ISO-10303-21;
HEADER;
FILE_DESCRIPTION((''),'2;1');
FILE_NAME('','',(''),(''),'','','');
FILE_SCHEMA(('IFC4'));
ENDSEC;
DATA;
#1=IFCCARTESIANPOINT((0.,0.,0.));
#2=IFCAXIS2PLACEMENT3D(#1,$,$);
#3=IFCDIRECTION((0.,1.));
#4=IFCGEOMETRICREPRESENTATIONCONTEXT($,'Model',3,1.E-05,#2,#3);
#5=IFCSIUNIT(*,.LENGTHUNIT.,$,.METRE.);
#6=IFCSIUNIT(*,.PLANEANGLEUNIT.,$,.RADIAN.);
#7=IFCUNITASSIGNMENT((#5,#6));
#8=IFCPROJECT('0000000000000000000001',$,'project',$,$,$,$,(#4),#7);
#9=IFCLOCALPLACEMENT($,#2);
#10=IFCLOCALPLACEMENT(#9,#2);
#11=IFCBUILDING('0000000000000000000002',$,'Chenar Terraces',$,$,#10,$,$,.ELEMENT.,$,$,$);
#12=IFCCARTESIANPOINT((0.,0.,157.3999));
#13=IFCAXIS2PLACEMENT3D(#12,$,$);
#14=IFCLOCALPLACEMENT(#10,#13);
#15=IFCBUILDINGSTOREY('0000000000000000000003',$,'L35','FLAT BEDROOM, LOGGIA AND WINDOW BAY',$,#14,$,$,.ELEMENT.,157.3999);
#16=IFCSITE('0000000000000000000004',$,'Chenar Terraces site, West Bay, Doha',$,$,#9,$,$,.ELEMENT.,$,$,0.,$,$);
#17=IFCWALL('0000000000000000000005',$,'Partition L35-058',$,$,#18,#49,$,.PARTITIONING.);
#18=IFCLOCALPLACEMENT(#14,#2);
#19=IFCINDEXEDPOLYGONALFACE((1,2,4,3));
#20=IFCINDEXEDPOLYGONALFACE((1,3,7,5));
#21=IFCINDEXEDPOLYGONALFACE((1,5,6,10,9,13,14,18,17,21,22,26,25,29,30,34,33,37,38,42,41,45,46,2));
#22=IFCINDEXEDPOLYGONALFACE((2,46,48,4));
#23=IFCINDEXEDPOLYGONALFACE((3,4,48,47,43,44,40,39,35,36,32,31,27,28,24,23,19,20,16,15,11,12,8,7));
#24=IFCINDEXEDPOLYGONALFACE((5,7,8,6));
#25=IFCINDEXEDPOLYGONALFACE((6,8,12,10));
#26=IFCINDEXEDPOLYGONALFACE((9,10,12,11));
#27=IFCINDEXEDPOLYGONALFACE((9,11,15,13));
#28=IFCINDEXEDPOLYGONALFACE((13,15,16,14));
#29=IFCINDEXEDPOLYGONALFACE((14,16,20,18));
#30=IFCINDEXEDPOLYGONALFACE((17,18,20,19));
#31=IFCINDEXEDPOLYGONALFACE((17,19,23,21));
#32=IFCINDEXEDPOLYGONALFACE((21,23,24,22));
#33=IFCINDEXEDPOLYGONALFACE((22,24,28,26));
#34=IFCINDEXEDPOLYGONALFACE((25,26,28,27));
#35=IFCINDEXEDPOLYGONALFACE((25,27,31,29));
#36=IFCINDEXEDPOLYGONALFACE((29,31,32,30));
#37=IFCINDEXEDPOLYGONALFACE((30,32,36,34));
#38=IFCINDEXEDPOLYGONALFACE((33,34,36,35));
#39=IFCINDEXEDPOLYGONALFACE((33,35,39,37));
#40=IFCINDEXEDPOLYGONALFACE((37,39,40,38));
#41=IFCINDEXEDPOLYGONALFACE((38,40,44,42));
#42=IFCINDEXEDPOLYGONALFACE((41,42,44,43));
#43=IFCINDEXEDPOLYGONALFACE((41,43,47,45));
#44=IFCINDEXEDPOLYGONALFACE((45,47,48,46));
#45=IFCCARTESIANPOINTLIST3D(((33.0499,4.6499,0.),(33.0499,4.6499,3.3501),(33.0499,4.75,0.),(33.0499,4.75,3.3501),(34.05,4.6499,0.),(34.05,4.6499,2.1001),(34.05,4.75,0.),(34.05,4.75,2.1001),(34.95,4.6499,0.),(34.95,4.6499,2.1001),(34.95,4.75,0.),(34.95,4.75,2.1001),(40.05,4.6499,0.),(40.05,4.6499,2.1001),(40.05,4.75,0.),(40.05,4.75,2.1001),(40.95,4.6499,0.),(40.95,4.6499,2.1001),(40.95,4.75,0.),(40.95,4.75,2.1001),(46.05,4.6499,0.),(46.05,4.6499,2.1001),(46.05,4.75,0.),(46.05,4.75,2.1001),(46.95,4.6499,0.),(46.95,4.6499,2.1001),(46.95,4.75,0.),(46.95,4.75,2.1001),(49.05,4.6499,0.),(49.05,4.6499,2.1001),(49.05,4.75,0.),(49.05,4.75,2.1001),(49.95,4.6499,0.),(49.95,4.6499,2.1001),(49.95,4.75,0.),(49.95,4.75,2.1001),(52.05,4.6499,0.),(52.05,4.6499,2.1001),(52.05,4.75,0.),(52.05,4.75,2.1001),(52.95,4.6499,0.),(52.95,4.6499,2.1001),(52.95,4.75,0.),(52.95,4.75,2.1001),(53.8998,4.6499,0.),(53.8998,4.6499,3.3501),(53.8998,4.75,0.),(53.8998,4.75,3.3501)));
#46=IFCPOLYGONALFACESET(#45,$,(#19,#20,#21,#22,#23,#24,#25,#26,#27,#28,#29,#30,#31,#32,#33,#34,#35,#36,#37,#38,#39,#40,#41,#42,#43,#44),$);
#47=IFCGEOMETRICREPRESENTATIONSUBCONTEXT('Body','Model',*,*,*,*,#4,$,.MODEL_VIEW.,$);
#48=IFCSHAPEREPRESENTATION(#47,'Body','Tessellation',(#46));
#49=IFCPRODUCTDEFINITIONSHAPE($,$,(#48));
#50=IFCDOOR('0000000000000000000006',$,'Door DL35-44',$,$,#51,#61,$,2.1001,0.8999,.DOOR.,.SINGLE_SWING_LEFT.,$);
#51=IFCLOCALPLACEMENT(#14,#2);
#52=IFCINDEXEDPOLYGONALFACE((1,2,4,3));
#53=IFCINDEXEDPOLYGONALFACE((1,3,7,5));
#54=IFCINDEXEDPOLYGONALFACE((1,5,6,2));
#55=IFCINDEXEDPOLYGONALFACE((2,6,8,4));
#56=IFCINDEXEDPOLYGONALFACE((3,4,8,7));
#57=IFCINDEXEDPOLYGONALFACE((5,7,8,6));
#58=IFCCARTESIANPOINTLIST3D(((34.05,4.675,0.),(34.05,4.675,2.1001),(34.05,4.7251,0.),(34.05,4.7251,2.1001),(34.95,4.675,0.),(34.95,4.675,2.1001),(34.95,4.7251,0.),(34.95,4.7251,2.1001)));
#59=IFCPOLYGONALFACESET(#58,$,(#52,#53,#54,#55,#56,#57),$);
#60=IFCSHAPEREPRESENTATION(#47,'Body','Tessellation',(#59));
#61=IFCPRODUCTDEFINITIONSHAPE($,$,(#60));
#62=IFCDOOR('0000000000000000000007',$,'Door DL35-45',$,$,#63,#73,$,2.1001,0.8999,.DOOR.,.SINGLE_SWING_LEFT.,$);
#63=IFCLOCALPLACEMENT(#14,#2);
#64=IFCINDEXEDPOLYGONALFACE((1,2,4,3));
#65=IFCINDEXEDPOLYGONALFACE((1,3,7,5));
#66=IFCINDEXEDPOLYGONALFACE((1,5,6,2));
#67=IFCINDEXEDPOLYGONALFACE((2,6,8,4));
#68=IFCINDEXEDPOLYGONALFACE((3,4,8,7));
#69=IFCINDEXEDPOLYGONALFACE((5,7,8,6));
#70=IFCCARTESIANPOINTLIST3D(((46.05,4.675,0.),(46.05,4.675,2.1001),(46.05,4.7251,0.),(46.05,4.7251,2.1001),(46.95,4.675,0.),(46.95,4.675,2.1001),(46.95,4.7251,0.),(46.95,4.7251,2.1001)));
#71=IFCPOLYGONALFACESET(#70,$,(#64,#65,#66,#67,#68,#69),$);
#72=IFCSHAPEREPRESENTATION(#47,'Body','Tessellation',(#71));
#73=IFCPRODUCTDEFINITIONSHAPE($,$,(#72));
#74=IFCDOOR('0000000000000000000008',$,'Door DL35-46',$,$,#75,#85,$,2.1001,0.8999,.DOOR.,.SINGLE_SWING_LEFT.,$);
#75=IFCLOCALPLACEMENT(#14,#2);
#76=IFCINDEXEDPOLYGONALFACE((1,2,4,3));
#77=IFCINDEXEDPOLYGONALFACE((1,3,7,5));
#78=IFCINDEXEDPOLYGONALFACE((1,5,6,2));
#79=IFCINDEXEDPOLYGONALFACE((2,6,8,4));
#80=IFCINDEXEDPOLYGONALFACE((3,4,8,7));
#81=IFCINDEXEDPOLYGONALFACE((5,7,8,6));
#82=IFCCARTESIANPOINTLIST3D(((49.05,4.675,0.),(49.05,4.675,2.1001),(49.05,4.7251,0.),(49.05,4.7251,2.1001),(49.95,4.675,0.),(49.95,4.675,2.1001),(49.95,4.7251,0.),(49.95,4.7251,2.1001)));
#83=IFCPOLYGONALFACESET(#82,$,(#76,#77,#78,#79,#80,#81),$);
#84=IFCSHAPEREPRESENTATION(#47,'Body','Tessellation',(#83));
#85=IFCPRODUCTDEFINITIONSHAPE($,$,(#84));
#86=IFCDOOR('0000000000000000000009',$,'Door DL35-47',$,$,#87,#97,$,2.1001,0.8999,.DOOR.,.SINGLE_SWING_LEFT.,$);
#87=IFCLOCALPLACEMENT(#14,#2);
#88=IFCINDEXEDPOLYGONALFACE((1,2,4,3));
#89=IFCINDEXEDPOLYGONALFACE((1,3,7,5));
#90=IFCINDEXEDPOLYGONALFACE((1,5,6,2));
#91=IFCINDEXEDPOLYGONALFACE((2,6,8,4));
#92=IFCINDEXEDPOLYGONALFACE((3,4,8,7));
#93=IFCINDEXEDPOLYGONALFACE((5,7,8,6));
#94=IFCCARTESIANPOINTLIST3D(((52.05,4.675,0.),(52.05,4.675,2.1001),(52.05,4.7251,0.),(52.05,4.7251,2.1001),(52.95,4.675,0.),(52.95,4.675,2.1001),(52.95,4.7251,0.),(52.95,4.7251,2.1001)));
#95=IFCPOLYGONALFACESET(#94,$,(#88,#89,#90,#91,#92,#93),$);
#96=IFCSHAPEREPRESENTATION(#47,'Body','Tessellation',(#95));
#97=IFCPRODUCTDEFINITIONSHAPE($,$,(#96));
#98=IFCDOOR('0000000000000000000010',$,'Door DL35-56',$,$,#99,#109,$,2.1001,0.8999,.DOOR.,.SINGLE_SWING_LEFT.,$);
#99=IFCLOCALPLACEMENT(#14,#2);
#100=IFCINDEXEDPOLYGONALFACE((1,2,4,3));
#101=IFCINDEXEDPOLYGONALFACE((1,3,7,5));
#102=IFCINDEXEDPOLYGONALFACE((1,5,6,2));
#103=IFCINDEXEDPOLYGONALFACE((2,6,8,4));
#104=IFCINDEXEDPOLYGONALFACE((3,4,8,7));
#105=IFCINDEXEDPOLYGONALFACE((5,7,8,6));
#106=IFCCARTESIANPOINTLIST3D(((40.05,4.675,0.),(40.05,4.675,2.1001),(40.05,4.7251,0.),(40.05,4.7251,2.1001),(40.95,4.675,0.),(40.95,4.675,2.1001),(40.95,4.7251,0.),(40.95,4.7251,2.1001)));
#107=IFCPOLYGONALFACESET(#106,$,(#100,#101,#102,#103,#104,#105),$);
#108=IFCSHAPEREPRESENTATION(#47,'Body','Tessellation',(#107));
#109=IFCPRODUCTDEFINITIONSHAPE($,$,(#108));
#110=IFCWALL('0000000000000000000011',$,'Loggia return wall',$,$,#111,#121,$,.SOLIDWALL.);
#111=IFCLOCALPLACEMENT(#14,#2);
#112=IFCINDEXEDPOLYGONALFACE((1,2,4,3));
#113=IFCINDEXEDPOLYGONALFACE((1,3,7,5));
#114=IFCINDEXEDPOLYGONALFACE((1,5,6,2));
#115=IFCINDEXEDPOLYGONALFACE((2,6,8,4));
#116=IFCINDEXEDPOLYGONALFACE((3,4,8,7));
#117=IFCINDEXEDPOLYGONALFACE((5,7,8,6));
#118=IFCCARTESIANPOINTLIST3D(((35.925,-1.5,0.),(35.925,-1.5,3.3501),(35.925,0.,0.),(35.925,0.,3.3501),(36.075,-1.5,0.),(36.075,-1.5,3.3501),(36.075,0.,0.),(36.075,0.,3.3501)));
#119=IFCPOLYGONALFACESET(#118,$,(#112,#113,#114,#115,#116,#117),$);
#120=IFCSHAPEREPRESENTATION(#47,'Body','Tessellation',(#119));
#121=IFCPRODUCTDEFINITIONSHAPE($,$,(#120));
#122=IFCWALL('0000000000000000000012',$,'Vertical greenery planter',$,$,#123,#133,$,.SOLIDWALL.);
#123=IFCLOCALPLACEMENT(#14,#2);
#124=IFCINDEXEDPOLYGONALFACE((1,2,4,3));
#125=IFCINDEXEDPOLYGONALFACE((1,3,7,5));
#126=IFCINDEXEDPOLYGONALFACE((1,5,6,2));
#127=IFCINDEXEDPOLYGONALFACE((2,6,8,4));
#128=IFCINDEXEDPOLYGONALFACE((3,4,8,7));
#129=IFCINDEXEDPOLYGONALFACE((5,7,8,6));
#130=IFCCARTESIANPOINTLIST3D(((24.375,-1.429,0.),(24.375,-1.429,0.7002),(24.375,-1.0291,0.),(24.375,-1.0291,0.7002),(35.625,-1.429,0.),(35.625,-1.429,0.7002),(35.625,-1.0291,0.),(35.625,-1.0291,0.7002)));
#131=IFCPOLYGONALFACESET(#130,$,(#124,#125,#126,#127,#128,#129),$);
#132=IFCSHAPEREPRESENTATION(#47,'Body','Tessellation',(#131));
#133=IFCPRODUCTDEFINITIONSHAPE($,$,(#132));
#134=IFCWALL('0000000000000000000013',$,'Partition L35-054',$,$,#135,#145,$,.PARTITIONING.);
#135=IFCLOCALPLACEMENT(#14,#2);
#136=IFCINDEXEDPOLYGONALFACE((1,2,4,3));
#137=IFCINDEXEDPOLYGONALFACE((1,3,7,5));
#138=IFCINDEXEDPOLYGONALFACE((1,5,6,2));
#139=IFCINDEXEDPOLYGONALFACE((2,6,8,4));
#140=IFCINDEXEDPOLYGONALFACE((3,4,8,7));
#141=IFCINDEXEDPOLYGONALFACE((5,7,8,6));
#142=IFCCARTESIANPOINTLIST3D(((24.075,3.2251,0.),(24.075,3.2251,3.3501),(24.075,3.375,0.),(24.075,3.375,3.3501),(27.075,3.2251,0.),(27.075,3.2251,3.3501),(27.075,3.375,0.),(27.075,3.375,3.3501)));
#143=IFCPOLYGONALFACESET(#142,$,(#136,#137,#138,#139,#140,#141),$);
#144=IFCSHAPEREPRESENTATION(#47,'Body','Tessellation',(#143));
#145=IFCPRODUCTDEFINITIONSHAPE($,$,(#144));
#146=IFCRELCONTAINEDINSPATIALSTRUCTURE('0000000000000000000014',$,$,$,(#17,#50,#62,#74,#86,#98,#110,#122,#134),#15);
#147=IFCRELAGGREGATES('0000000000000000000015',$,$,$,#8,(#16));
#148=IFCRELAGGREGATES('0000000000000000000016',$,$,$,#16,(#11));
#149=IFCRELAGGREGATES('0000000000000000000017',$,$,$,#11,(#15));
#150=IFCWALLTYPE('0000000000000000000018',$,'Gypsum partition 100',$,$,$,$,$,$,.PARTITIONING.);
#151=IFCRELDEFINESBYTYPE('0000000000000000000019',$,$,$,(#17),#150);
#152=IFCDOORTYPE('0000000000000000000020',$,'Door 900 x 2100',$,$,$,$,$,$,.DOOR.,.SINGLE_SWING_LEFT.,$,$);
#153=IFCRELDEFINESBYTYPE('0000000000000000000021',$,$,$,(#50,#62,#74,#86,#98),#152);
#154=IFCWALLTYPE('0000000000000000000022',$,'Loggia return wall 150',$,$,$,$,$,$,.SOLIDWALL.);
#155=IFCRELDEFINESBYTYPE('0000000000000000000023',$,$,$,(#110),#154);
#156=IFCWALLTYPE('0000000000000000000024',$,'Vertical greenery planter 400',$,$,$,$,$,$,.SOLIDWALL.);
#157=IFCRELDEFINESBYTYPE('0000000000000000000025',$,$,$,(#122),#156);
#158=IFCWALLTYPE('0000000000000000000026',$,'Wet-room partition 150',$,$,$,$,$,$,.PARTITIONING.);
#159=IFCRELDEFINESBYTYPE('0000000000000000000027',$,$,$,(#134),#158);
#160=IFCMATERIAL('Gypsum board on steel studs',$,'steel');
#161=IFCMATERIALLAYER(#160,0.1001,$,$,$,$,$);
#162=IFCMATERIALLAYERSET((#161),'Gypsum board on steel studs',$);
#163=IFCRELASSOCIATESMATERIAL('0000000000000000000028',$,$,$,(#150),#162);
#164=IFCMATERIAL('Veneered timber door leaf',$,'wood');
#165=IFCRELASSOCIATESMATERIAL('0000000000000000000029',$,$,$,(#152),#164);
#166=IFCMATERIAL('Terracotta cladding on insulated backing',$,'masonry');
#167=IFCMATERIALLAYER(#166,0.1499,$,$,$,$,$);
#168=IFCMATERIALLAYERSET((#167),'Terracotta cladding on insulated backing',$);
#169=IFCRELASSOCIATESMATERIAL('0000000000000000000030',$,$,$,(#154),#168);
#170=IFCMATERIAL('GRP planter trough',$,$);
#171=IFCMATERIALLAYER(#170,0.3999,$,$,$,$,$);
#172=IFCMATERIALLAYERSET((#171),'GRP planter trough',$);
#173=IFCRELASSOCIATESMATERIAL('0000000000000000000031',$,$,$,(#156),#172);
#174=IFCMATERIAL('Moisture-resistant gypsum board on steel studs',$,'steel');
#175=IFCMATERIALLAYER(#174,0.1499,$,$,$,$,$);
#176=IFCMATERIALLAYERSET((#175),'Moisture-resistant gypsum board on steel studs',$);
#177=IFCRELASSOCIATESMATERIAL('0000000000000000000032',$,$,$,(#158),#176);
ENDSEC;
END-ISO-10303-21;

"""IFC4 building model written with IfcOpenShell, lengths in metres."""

from ifc_helpers import new_model, si_unit, direction, frame, frame_2d, origin, place, context, subcontext, project, spatial, rectangle, extrude, material, layer, layer_set, type_object, element, fill, save


model = new_model("IFC4")

# Units and contexts
model_context = context("Model", 3, precision=1e-05, world=origin(), true_north=direction((0.0, 1.0)))
body_context = subcontext(model_context, "Body", "Model", "MODEL_VIEW")
ifc_project = project(units=[si_unit("LENGTHUNIT", "METRE"), si_unit("PLANEANGLEUNIT", "RADIAN")], contexts=[model_context])

# Site, building, storey
site_placement = place(None, origin())
site = spatial("IfcSite", under=ifc_project, at=site_placement, Name="Chenar Terraces site, West Bay, Doha", CompositionType="ELEMENT", RefElevation=0.0)
building_placement = place(site_placement, origin())
building = spatial("IfcBuilding", under=site, at=building_placement, Name="Chenar Terraces", CompositionType="ELEMENT")
storey_placement = place(building_placement, frame((0.0, 0.0, 157.3999)))
storey = spatial("IfcBuildingStorey", under=building, at=storey_placement, Name="L35", Description="FLAT BEDROOM, LOGGIA AND WINDOW BAY", CompositionType="ELEMENT", Elevation=157.3999)

# Shared definitions
ifc_material_1 = material(Name="Gypsum board on steel studs", Category="steel")
ifc_layer_1 = layer(ifc_material_1, 0.1001)
ifc_layer_set_1 = layer_set([ifc_layer_1], Name="Gypsum board on steel studs")
wall_type_1 = type_object("IfcWallType", Name="Gypsum partition 100", PredefinedType="PARTITIONING", material=ifc_layer_set_1)

# Shared definitions
ifc_material_2 = material(Name="Veneered timber door leaf", Category="wood")
door_type_1 = type_object("IfcDoorType", Name="Door 900 x 2100", OperationType="SINGLE_SWING_LEFT", PredefinedType="DOOR", material=ifc_material_2)

# Wall, openings, doors
wall_1_placement = place(storey_placement, frame((33.05, 4.7, 0.0), z_axis=(0.0, 0.0, 1.0), x_axis=(1.0, 0.0, 0.0)))
wall_1 = element("IfcWall", 1, at=wall_1_placement, inside=storey, type_object=wall_type_1, Name="Partition L35-058", PredefinedType="PARTITIONING", context=body_context, shape_type="SweptSolid", body=[
    extrude(rectangle(XDim=20.8499, YDim=0.1001, at=frame_2d((10.4248, 0.0))), origin(), (0.0, 0.0, 1.0), 3.3501),
])
opening_1_placement = place(wall_1_placement, frame((1.0, 0.0, 0.0)))
opening_1 = element("IfcOpeningElement", 2, at=opening_1_placement, cuts=wall_1, PredefinedType="OPENING", context=body_context, shape_type="SweptSolid", body=[
    extrude(rectangle(XDim=0.8999, YDim=2.1001, at=frame_2d((0.45, 1.05))), frame((0.0, 0.0601, 0.0), z_axis=(0.0, -1.0, 0.0), x_axis=(1.0, 0.0, 0.0)), (0.0, 0.0, 1.0), 0.1201),
])
opening_2_placement = place(wall_1_placement, frame((13.0, 0.0, 0.0)))
opening_2 = element("IfcOpeningElement", 3, at=opening_2_placement, cuts=wall_1, PredefinedType="OPENING", context=body_context, shape_type="SweptSolid", body=[
    extrude(rectangle(XDim=0.8999, YDim=2.1001, at=frame_2d((0.45, 1.05))), frame((0.0, 0.0601, 0.0), z_axis=(0.0, -1.0, 0.0), x_axis=(1.0, 0.0, 0.0)), (0.0, 0.0, 1.0), 0.1201),
])
opening_3_placement = place(wall_1_placement, frame((16.0, 0.0, 0.0)))
opening_3 = element("IfcOpeningElement", 4, at=opening_3_placement, cuts=wall_1, PredefinedType="OPENING", context=body_context, shape_type="SweptSolid", body=[
    extrude(rectangle(XDim=0.8999, YDim=2.1001, at=frame_2d((0.45, 1.05))), frame((0.0, 0.0601, 0.0), z_axis=(0.0, -1.0, 0.0), x_axis=(1.0, 0.0, 0.0)), (0.0, 0.0, 1.0), 0.1201),
])
opening_4_placement = place(wall_1_placement, frame((19.0, 0.0, 0.0)))
opening_4 = element("IfcOpeningElement", 5, at=opening_4_placement, cuts=wall_1, PredefinedType="OPENING", context=body_context, shape_type="SweptSolid", body=[
    extrude(rectangle(XDim=0.8999, YDim=2.1001, at=frame_2d((0.45, 1.05))), frame((0.0, 0.0601, 0.0), z_axis=(0.0, -1.0, 0.0), x_axis=(1.0, 0.0, 0.0)), (0.0, 0.0, 1.0), 0.1201),
])
opening_5_placement = place(wall_1_placement, frame((7.0, 0.0, 0.0)))
opening_5 = element("IfcOpeningElement", 6, at=opening_5_placement, cuts=wall_1, PredefinedType="OPENING", context=body_context, shape_type="SweptSolid", body=[
    extrude(rectangle(XDim=0.8999, YDim=2.1001, at=frame_2d((0.45, 1.05))), frame((0.0, 0.0601, 0.0), z_axis=(0.0, -1.0, 0.0), x_axis=(1.0, 0.0, 0.0)), (0.0, 0.0, 1.0), 0.1201),
])
door_1_placement = place(opening_1_placement, frame((0.8999, 0.0, 0.0), z_axis=(0.0, 0.0, 1.0), x_axis=(-1.0, 0.0, 0.0)))
door_1 = element("IfcDoor", 7, at=door_1_placement, inside=storey, type_object=door_type_1, Name="Door DL35-44", OperationType="SINGLE_SWING_LEFT", OverallHeight=2.1001, OverallWidth=0.8999, PredefinedType="DOOR", context=body_context, shape_type="SweptSolid", body=[
    extrude(rectangle(XDim=0.8999, YDim=2.1001, at=frame_2d((0.45, 1.05))), frame((0.0, 0.0249, 0.0), z_axis=(0.0, -1.0, 0.0), x_axis=(1.0, 0.0, 0.0)), (0.0, 0.0, 1.0), 0.05),
])
fill(opening_1, door_1)
door_2_placement = place(opening_2_placement, frame((0.8999, 0.0, 0.0), z_axis=(0.0, 0.0, 1.0), x_axis=(-1.0, 0.0, 0.0)))
door_2 = element("IfcDoor", 8, at=door_2_placement, inside=storey, type_object=door_type_1, Name="Door DL35-45", OperationType="SINGLE_SWING_LEFT", OverallHeight=2.1001, OverallWidth=0.8999, PredefinedType="DOOR", context=body_context, shape_type="SweptSolid", body=[
    extrude(rectangle(XDim=0.8999, YDim=2.1001, at=frame_2d((0.45, 1.05))), frame((0.0, 0.0249, 0.0), z_axis=(0.0, -1.0, 0.0), x_axis=(1.0, 0.0, 0.0)), (0.0, 0.0, 1.0), 0.05),
])
fill(opening_2, door_2)
door_3_placement = place(opening_3_placement, frame((0.8999, 0.0, 0.0), z_axis=(0.0, 0.0, 1.0), x_axis=(-1.0, 0.0, 0.0)))
door_3 = element("IfcDoor", 9, at=door_3_placement, inside=storey, type_object=door_type_1, Name="Door DL35-46", OperationType="SINGLE_SWING_LEFT", OverallHeight=2.1001, OverallWidth=0.8999, PredefinedType="DOOR", context=body_context, shape_type="SweptSolid", body=[
    extrude(rectangle(XDim=0.8999, YDim=2.1001, at=frame_2d((0.45, 1.05))), frame((0.0, 0.0249, 0.0), z_axis=(0.0, -1.0, 0.0), x_axis=(1.0, 0.0, 0.0)), (0.0, 0.0, 1.0), 0.05),
])
fill(opening_3, door_3)
door_4_placement = place(opening_4_placement, frame((0.8999, 0.0, 0.0), z_axis=(0.0, 0.0, 1.0), x_axis=(-1.0, 0.0, 0.0)))
door_4 = element("IfcDoor", 10, at=door_4_placement, inside=storey, type_object=door_type_1, Name="Door DL35-47", OperationType="SINGLE_SWING_LEFT", OverallHeight=2.1001, OverallWidth=0.8999, PredefinedType="DOOR", context=body_context, shape_type="SweptSolid", body=[
    extrude(rectangle(XDim=0.8999, YDim=2.1001, at=frame_2d((0.45, 1.05))), frame((0.0, 0.0249, 0.0), z_axis=(0.0, -1.0, 0.0), x_axis=(1.0, 0.0, 0.0)), (0.0, 0.0, 1.0), 0.05),
])
fill(opening_4, door_4)
door_5_placement = place(opening_5_placement, frame((0.8999, 0.0, 0.0), z_axis=(0.0, 0.0, 1.0), x_axis=(-1.0, 0.0, 0.0)))
door_5 = element("IfcDoor", 11, at=door_5_placement, inside=storey, type_object=door_type_1, Name="Door DL35-56", OperationType="SINGLE_SWING_LEFT", OverallHeight=2.1001, OverallWidth=0.8999, PredefinedType="DOOR", context=body_context, shape_type="SweptSolid", body=[
    extrude(rectangle(XDim=0.8999, YDim=2.1001, at=frame_2d((0.45, 1.05))), frame((0.0, 0.0249, 0.0), z_axis=(0.0, -1.0, 0.0), x_axis=(1.0, 0.0, 0.0)), (0.0, 0.0, 1.0), 0.05),
])
fill(opening_5, door_5)

# Walls
ifc_material_3 = material(Name="Terracotta cladding on insulated backing", Category="masonry")
ifc_layer_2 = layer(ifc_material_3, 0.1499)
ifc_layer_set_2 = layer_set([ifc_layer_2], Name="Terracotta cladding on insulated backing")
wall_type_2 = type_object("IfcWallType", Name="Loggia return wall 150", PredefinedType="SOLIDWALL", material=ifc_layer_set_2)
wall_2_placement = place(storey_placement, frame((36.0, -1.5, 0.0), z_axis=(0.0, 0.0, 1.0), x_axis=(0.0, 1.0, 0.0)))
element("IfcWall", 12, at=wall_2_placement, inside=storey, type_object=wall_type_2, Name="Loggia return wall", PredefinedType="SOLIDWALL", context=body_context, shape_type="SweptSolid", body=[
    extrude(rectangle(XDim=1.5, YDim=0.1499, at=frame_2d((0.75, 0.0))), origin(), (0.0, 0.0, 1.0), 3.3501),
])
ifc_material_4 = material(Name="GRP planter trough")
ifc_layer_3 = layer(ifc_material_4, 0.3999)
ifc_layer_set_3 = layer_set([ifc_layer_3], Name="GRP planter trough")
wall_type_3 = type_object("IfcWallType", Name="Vertical greenery planter 400", PredefinedType="SOLIDWALL", material=ifc_layer_set_3)
wall_3_placement = place(storey_placement, frame((24.375, -1.229, 0.0), z_axis=(0.0, 0.0, 1.0), x_axis=(1.0, 0.0, 0.0)))
element("IfcWall", 13, at=wall_3_placement, inside=storey, type_object=wall_type_3, Name="Vertical greenery planter", PredefinedType="SOLIDWALL", context=body_context, shape_type="SweptSolid", body=[
    extrude(rectangle(XDim=11.25, YDim=0.3999, at=frame_2d((5.625, 0.0))), origin(), (0.0, 0.0, 1.0), 0.7002),
])
ifc_material_5 = material(Name="Moisture-resistant gypsum board on steel studs", Category="steel")
ifc_layer_4 = layer(ifc_material_5, 0.1499)
ifc_layer_set_4 = layer_set([ifc_layer_4], Name="Moisture-resistant gypsum board on steel studs")
wall_type_4 = type_object("IfcWallType", Name="Wet-room partition 150", PredefinedType="PARTITIONING", material=ifc_layer_set_4)
wall_4_placement = place(storey_placement, frame((24.075, 3.3, 0.0), z_axis=(0.0, 0.0, 1.0), x_axis=(1.0, 0.0, 0.0)))
element("IfcWall", 14, at=wall_4_placement, inside=storey, type_object=wall_type_4, Name="Partition L35-054", PredefinedType="PARTITIONING", context=body_context, shape_type="SweptSolid", body=[
    extrude(rectangle(XDim=3.0, YDim=0.1499, at=frame_2d((1.5, 0.0))), origin(), (0.0, 0.0, 1.0), 3.3501),
])

save(model, "model.ifc")
